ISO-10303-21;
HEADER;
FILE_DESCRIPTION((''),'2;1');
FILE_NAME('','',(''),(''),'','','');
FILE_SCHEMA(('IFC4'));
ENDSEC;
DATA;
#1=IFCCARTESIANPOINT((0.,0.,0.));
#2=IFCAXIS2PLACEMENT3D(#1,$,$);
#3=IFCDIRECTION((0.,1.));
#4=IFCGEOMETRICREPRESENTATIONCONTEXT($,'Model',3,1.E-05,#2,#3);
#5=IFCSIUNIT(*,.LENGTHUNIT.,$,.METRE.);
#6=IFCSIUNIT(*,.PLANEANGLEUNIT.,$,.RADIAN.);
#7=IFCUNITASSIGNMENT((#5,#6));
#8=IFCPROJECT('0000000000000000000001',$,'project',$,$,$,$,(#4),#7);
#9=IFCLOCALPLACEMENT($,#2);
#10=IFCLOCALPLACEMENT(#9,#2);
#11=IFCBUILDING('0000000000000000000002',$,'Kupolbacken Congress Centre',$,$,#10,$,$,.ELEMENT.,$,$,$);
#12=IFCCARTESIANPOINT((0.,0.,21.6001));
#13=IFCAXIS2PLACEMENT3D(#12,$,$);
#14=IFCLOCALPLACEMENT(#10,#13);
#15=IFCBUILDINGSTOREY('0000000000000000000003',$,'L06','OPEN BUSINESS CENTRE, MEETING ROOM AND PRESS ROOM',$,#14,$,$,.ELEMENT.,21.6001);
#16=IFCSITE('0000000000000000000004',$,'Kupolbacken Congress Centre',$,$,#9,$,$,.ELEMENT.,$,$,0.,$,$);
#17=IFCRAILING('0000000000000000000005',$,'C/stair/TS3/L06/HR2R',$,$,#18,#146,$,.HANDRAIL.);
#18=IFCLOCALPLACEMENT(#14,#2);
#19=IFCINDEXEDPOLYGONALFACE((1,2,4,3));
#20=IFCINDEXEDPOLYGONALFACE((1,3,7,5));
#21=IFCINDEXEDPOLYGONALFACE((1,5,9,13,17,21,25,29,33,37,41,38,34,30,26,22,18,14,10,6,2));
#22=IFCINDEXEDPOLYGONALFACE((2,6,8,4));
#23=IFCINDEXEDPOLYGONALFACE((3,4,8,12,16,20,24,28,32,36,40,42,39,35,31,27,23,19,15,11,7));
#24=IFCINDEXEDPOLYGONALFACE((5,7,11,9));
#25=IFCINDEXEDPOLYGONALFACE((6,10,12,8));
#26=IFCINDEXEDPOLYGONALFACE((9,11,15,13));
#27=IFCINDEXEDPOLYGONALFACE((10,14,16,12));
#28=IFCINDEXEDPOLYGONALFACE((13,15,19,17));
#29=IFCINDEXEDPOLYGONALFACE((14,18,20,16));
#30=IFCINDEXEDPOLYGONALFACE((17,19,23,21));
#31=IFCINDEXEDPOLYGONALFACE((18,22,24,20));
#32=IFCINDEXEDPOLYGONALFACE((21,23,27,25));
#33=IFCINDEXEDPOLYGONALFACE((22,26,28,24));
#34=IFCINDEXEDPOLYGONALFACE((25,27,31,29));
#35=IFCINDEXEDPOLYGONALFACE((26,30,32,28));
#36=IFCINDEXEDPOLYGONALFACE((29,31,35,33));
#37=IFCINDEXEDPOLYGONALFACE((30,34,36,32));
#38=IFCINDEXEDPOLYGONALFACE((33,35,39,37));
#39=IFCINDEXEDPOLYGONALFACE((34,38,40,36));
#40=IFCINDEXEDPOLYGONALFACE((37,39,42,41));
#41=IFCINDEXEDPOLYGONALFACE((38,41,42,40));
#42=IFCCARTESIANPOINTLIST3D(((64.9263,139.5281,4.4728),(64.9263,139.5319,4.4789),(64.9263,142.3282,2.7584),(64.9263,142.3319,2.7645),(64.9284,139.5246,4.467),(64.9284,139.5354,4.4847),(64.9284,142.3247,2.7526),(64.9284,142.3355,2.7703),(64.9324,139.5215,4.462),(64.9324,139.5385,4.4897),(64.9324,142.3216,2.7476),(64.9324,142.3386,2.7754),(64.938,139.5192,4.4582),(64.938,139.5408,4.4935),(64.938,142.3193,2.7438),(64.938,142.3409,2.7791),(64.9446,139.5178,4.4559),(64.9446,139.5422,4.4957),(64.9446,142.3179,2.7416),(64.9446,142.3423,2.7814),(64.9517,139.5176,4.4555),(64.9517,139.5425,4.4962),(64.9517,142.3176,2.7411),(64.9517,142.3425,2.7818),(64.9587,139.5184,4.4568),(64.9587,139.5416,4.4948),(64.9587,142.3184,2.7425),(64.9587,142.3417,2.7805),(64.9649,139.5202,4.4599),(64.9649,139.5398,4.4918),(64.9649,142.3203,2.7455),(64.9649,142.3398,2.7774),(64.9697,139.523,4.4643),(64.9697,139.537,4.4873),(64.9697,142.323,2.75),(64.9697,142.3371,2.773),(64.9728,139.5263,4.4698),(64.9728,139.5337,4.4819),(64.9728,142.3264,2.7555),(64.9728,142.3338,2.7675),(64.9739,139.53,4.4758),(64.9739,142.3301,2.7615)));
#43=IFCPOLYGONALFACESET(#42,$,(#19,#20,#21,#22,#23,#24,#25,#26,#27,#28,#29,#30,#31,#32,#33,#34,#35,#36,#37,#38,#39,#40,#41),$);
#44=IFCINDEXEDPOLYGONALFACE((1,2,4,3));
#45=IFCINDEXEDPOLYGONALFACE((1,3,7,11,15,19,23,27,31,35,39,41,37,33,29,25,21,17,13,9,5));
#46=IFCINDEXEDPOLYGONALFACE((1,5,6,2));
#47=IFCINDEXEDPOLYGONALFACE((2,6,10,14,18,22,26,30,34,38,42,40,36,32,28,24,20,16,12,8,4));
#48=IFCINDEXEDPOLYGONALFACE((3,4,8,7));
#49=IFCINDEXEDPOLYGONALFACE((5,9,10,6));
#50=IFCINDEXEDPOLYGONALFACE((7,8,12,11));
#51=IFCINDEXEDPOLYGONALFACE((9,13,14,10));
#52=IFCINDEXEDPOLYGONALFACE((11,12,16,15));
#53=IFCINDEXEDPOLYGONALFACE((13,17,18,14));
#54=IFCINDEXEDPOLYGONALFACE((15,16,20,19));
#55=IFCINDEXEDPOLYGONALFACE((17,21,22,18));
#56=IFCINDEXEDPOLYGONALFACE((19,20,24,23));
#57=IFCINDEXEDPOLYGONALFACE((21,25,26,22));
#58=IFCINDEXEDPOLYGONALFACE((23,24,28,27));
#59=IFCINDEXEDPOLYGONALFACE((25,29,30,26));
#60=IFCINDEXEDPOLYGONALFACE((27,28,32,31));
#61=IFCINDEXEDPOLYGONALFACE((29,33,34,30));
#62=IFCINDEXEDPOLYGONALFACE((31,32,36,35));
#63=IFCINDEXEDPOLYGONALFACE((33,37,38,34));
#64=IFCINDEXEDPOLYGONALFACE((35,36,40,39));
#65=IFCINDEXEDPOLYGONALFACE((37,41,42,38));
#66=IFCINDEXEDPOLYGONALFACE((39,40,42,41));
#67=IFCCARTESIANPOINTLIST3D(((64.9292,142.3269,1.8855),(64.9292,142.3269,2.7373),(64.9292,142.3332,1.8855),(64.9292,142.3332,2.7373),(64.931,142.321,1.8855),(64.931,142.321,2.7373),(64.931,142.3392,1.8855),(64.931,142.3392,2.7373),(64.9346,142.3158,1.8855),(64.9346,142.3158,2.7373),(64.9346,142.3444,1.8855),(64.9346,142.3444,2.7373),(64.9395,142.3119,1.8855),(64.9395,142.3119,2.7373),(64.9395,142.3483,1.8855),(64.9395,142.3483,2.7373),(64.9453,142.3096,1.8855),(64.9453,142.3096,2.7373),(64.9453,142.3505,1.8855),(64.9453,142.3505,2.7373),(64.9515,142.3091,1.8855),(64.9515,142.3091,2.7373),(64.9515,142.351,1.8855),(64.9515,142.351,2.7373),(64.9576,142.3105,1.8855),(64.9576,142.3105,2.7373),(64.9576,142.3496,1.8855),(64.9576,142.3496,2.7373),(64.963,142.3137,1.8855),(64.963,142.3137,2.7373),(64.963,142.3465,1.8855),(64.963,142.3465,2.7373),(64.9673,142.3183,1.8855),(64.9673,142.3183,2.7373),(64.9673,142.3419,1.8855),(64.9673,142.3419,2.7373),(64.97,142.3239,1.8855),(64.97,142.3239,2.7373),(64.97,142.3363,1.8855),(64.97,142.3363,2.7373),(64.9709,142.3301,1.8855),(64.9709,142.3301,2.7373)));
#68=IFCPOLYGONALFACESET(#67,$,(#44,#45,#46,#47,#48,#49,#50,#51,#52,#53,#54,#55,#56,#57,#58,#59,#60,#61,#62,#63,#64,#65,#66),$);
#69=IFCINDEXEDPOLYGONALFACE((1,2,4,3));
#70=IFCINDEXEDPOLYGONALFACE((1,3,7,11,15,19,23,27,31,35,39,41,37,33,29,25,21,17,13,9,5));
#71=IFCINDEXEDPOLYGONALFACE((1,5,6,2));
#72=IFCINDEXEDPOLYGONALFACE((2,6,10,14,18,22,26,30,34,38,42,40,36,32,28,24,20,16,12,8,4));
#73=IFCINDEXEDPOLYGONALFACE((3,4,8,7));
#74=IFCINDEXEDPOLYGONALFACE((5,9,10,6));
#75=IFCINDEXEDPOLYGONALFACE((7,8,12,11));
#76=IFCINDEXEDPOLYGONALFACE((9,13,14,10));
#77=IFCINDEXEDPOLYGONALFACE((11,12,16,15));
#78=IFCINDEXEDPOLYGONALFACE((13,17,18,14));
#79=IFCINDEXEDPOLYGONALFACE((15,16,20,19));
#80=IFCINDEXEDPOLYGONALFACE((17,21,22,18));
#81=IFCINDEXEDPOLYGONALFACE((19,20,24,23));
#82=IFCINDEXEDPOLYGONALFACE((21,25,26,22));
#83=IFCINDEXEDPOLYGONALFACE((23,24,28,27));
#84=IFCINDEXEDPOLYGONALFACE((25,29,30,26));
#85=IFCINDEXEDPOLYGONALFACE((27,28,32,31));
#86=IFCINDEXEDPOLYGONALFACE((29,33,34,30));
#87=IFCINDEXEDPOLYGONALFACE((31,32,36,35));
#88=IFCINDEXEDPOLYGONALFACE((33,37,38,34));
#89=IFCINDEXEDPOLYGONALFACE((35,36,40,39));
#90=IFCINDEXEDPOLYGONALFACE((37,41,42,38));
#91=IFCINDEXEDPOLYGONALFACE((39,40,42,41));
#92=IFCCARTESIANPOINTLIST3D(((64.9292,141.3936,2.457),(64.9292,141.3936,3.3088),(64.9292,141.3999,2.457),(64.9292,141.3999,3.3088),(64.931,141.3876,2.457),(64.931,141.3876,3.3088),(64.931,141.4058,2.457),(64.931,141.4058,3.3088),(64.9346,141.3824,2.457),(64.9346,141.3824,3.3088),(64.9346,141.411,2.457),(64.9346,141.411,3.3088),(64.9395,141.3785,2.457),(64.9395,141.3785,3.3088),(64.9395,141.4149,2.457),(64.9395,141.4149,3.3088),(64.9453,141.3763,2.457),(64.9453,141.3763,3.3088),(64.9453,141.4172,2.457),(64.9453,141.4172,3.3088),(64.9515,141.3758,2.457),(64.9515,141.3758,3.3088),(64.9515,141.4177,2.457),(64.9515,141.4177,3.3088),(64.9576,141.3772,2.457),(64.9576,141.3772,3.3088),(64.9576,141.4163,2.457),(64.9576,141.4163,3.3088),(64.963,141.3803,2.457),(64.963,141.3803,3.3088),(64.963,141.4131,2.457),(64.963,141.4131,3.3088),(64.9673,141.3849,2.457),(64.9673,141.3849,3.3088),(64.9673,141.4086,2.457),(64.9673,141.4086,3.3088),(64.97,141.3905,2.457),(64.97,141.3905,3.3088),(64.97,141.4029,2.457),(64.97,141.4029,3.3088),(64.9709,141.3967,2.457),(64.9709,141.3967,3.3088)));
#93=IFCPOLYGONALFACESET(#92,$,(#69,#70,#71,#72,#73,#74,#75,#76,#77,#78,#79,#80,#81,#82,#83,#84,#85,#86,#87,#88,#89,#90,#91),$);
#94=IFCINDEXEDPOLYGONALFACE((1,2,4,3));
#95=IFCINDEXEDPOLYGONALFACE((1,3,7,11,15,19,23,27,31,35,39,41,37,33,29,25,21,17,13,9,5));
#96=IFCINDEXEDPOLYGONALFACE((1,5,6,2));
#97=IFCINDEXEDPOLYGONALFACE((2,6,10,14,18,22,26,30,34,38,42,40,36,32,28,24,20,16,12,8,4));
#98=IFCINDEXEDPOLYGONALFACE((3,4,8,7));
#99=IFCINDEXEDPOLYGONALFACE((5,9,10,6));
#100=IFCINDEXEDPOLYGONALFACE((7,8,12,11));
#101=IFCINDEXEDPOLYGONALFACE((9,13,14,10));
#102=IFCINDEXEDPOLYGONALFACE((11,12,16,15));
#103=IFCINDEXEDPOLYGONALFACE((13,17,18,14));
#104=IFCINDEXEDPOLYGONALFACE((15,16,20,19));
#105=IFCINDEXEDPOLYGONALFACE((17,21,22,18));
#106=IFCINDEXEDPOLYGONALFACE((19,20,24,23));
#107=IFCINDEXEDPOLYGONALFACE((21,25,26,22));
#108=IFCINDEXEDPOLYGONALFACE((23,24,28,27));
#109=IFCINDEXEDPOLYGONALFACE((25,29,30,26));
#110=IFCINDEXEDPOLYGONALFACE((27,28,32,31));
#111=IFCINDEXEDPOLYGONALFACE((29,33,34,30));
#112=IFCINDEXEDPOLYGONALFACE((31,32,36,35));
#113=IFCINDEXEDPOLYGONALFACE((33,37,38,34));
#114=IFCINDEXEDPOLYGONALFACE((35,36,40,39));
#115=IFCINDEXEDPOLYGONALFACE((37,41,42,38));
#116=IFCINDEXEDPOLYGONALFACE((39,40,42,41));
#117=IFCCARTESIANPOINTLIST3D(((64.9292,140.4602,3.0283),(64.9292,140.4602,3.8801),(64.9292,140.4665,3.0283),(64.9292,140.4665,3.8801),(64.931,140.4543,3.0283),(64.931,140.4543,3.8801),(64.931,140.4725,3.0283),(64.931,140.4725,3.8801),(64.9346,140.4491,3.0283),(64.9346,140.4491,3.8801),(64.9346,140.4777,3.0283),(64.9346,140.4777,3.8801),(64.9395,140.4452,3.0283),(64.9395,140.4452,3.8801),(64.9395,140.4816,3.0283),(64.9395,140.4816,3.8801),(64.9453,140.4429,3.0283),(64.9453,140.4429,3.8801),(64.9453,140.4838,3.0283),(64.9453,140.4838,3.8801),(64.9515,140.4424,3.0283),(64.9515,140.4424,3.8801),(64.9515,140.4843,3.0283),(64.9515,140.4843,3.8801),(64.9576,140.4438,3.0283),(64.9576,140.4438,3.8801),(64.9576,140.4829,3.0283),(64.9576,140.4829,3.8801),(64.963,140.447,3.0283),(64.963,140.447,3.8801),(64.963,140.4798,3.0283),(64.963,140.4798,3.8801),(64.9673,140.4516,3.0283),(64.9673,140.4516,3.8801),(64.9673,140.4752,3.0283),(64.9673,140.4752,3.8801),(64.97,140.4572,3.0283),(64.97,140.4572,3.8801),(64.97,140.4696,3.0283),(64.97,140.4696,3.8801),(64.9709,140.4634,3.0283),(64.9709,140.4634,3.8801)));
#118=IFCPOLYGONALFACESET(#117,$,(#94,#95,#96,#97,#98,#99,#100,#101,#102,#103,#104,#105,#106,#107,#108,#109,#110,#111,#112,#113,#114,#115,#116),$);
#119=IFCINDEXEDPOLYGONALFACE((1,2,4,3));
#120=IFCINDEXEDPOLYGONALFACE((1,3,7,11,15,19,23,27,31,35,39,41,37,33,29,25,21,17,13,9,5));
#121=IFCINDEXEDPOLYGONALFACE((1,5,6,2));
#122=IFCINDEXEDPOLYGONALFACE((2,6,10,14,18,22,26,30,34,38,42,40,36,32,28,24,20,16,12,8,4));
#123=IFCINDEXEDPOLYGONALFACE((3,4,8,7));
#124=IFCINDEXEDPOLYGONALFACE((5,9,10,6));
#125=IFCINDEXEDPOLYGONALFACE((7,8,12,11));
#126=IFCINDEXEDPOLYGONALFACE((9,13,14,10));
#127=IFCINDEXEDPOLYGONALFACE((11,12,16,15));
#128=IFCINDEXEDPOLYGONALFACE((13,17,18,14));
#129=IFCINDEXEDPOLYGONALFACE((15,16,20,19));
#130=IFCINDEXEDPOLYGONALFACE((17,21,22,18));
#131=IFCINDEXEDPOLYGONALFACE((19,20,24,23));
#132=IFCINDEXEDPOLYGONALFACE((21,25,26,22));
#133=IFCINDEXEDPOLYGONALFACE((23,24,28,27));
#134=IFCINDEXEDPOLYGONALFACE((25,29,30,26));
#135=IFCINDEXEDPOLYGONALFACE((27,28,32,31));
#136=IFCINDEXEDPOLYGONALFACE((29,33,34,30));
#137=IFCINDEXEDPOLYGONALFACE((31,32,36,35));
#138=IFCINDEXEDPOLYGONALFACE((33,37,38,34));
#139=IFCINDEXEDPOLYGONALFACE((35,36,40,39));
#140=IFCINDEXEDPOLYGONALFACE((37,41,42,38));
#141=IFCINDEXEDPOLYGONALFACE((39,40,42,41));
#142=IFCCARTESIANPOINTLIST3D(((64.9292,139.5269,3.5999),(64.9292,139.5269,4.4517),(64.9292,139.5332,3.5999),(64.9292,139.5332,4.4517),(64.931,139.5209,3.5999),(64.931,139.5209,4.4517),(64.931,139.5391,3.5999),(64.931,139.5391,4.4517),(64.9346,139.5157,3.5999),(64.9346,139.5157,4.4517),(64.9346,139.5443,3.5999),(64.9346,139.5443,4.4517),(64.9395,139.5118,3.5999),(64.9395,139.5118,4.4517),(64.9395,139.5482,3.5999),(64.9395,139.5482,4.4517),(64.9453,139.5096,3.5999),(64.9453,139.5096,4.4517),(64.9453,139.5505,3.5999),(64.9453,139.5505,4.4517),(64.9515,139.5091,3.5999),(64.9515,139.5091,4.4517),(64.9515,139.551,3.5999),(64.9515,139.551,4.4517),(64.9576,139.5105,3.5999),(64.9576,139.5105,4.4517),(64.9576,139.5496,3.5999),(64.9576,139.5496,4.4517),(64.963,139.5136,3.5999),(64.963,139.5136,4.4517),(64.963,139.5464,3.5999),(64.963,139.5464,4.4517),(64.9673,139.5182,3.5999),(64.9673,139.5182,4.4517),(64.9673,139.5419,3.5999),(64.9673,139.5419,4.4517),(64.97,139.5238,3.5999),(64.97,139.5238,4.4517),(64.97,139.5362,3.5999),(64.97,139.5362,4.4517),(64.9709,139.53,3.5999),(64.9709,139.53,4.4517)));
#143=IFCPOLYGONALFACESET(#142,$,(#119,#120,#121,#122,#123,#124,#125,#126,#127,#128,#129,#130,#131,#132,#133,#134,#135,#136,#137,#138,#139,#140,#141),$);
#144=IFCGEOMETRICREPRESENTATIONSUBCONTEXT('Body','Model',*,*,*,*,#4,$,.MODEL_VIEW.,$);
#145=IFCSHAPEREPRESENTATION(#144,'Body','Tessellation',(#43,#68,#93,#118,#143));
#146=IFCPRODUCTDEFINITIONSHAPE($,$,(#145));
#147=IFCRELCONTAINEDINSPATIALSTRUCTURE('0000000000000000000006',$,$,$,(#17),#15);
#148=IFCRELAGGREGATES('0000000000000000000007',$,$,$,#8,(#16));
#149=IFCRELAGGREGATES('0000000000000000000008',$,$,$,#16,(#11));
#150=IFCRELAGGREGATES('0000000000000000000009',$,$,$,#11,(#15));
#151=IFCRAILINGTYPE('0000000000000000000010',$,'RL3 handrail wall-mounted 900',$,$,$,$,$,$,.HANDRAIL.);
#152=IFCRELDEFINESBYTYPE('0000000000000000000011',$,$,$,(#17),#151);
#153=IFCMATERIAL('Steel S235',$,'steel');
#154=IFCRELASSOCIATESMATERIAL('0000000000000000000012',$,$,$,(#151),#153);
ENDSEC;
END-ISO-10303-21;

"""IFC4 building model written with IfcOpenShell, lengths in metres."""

from ifc_helpers import new_model, si_unit, direction, frame, origin, origin_2d, place, context, subcontext, project, spatial, circle, extrude, material, type_object, element, save


model = new_model("IFC4")

# Units and contexts
model_context = context("Model", 3, precision=1e-05, world=origin(), true_north=direction((0.0, 1.0)))
body_context = subcontext(model_context, "Body", "Model", "MODEL_VIEW")
ifc_project = project(units=[si_unit("LENGTHUNIT", "METRE"), si_unit("PLANEANGLEUNIT", "RADIAN")], contexts=[model_context])

# Site, building, storey
site_placement = place(None, origin())
site = spatial("IfcSite", under=ifc_project, at=site_placement, Name="Kupolbacken Congress Centre", CompositionType="ELEMENT", RefElevation=0.0)
building_placement = place(site_placement, origin())
building = spatial("IfcBuilding", under=site, at=building_placement, Name="Kupolbacken Congress Centre", CompositionType="ELEMENT")
storey_placement = place(building_placement, frame((0.0, 0.0, 21.6001)))
storey = spatial("IfcBuildingStorey", under=building, at=storey_placement, Name="L06", Description="OPEN BUSINESS CENTRE, MEETING ROOM AND PRESS ROOM", CompositionType="ELEMENT", Elevation=21.6001)

# Railing
ifc_material_1 = material(Name="Steel S235", Category="steel")
railing_type = type_object("IfcRailingType", Name="RL3 handrail wall-mounted 900", PredefinedType="HANDRAIL", material=ifc_material_1)
for number, where, name in (
    (1, (64.95, 142.3301, 1.8855), "C/stair/TS3/L06/HR2R"),
):
    element("IfcRailing", number, at=place(storey_placement, frame(where)), inside=storey, type_object=railing_type, Name=name, PredefinedType="HANDRAIL", context=body_context, shape_type="SweptSolid", body=[
        extrude(circle(Radius=0.0239, at=origin_2d()), frame((0.0, 0.0, 0.876), z_axis=(0.0, -0.852846, 0.522163), x_axis=(1.0, 0.0, 0.0)), (0.0, 0.0, 1.0), 3.2832),
        extrude(circle(Radius=0.021, at=origin_2d()), origin(), (0.0, 0.0, 1.0), 0.8518),
        extrude(circle(Radius=0.021, at=origin_2d()), frame((0.0, -0.9333, 0.5715)), (0.0, 0.0, 1.0), 0.8518),
        extrude(circle(Radius=0.021, at=origin_2d()), frame((0.0, -1.8667, 1.1428)), (0.0, 0.0, 1.0), 0.8518),
        extrude(circle(Radius=0.021, at=origin_2d()), frame((0.0, -2.8, 1.7144)), (0.0, 0.0, 1.0), 0.8518),
    ])

save(model, "model.ifc")
